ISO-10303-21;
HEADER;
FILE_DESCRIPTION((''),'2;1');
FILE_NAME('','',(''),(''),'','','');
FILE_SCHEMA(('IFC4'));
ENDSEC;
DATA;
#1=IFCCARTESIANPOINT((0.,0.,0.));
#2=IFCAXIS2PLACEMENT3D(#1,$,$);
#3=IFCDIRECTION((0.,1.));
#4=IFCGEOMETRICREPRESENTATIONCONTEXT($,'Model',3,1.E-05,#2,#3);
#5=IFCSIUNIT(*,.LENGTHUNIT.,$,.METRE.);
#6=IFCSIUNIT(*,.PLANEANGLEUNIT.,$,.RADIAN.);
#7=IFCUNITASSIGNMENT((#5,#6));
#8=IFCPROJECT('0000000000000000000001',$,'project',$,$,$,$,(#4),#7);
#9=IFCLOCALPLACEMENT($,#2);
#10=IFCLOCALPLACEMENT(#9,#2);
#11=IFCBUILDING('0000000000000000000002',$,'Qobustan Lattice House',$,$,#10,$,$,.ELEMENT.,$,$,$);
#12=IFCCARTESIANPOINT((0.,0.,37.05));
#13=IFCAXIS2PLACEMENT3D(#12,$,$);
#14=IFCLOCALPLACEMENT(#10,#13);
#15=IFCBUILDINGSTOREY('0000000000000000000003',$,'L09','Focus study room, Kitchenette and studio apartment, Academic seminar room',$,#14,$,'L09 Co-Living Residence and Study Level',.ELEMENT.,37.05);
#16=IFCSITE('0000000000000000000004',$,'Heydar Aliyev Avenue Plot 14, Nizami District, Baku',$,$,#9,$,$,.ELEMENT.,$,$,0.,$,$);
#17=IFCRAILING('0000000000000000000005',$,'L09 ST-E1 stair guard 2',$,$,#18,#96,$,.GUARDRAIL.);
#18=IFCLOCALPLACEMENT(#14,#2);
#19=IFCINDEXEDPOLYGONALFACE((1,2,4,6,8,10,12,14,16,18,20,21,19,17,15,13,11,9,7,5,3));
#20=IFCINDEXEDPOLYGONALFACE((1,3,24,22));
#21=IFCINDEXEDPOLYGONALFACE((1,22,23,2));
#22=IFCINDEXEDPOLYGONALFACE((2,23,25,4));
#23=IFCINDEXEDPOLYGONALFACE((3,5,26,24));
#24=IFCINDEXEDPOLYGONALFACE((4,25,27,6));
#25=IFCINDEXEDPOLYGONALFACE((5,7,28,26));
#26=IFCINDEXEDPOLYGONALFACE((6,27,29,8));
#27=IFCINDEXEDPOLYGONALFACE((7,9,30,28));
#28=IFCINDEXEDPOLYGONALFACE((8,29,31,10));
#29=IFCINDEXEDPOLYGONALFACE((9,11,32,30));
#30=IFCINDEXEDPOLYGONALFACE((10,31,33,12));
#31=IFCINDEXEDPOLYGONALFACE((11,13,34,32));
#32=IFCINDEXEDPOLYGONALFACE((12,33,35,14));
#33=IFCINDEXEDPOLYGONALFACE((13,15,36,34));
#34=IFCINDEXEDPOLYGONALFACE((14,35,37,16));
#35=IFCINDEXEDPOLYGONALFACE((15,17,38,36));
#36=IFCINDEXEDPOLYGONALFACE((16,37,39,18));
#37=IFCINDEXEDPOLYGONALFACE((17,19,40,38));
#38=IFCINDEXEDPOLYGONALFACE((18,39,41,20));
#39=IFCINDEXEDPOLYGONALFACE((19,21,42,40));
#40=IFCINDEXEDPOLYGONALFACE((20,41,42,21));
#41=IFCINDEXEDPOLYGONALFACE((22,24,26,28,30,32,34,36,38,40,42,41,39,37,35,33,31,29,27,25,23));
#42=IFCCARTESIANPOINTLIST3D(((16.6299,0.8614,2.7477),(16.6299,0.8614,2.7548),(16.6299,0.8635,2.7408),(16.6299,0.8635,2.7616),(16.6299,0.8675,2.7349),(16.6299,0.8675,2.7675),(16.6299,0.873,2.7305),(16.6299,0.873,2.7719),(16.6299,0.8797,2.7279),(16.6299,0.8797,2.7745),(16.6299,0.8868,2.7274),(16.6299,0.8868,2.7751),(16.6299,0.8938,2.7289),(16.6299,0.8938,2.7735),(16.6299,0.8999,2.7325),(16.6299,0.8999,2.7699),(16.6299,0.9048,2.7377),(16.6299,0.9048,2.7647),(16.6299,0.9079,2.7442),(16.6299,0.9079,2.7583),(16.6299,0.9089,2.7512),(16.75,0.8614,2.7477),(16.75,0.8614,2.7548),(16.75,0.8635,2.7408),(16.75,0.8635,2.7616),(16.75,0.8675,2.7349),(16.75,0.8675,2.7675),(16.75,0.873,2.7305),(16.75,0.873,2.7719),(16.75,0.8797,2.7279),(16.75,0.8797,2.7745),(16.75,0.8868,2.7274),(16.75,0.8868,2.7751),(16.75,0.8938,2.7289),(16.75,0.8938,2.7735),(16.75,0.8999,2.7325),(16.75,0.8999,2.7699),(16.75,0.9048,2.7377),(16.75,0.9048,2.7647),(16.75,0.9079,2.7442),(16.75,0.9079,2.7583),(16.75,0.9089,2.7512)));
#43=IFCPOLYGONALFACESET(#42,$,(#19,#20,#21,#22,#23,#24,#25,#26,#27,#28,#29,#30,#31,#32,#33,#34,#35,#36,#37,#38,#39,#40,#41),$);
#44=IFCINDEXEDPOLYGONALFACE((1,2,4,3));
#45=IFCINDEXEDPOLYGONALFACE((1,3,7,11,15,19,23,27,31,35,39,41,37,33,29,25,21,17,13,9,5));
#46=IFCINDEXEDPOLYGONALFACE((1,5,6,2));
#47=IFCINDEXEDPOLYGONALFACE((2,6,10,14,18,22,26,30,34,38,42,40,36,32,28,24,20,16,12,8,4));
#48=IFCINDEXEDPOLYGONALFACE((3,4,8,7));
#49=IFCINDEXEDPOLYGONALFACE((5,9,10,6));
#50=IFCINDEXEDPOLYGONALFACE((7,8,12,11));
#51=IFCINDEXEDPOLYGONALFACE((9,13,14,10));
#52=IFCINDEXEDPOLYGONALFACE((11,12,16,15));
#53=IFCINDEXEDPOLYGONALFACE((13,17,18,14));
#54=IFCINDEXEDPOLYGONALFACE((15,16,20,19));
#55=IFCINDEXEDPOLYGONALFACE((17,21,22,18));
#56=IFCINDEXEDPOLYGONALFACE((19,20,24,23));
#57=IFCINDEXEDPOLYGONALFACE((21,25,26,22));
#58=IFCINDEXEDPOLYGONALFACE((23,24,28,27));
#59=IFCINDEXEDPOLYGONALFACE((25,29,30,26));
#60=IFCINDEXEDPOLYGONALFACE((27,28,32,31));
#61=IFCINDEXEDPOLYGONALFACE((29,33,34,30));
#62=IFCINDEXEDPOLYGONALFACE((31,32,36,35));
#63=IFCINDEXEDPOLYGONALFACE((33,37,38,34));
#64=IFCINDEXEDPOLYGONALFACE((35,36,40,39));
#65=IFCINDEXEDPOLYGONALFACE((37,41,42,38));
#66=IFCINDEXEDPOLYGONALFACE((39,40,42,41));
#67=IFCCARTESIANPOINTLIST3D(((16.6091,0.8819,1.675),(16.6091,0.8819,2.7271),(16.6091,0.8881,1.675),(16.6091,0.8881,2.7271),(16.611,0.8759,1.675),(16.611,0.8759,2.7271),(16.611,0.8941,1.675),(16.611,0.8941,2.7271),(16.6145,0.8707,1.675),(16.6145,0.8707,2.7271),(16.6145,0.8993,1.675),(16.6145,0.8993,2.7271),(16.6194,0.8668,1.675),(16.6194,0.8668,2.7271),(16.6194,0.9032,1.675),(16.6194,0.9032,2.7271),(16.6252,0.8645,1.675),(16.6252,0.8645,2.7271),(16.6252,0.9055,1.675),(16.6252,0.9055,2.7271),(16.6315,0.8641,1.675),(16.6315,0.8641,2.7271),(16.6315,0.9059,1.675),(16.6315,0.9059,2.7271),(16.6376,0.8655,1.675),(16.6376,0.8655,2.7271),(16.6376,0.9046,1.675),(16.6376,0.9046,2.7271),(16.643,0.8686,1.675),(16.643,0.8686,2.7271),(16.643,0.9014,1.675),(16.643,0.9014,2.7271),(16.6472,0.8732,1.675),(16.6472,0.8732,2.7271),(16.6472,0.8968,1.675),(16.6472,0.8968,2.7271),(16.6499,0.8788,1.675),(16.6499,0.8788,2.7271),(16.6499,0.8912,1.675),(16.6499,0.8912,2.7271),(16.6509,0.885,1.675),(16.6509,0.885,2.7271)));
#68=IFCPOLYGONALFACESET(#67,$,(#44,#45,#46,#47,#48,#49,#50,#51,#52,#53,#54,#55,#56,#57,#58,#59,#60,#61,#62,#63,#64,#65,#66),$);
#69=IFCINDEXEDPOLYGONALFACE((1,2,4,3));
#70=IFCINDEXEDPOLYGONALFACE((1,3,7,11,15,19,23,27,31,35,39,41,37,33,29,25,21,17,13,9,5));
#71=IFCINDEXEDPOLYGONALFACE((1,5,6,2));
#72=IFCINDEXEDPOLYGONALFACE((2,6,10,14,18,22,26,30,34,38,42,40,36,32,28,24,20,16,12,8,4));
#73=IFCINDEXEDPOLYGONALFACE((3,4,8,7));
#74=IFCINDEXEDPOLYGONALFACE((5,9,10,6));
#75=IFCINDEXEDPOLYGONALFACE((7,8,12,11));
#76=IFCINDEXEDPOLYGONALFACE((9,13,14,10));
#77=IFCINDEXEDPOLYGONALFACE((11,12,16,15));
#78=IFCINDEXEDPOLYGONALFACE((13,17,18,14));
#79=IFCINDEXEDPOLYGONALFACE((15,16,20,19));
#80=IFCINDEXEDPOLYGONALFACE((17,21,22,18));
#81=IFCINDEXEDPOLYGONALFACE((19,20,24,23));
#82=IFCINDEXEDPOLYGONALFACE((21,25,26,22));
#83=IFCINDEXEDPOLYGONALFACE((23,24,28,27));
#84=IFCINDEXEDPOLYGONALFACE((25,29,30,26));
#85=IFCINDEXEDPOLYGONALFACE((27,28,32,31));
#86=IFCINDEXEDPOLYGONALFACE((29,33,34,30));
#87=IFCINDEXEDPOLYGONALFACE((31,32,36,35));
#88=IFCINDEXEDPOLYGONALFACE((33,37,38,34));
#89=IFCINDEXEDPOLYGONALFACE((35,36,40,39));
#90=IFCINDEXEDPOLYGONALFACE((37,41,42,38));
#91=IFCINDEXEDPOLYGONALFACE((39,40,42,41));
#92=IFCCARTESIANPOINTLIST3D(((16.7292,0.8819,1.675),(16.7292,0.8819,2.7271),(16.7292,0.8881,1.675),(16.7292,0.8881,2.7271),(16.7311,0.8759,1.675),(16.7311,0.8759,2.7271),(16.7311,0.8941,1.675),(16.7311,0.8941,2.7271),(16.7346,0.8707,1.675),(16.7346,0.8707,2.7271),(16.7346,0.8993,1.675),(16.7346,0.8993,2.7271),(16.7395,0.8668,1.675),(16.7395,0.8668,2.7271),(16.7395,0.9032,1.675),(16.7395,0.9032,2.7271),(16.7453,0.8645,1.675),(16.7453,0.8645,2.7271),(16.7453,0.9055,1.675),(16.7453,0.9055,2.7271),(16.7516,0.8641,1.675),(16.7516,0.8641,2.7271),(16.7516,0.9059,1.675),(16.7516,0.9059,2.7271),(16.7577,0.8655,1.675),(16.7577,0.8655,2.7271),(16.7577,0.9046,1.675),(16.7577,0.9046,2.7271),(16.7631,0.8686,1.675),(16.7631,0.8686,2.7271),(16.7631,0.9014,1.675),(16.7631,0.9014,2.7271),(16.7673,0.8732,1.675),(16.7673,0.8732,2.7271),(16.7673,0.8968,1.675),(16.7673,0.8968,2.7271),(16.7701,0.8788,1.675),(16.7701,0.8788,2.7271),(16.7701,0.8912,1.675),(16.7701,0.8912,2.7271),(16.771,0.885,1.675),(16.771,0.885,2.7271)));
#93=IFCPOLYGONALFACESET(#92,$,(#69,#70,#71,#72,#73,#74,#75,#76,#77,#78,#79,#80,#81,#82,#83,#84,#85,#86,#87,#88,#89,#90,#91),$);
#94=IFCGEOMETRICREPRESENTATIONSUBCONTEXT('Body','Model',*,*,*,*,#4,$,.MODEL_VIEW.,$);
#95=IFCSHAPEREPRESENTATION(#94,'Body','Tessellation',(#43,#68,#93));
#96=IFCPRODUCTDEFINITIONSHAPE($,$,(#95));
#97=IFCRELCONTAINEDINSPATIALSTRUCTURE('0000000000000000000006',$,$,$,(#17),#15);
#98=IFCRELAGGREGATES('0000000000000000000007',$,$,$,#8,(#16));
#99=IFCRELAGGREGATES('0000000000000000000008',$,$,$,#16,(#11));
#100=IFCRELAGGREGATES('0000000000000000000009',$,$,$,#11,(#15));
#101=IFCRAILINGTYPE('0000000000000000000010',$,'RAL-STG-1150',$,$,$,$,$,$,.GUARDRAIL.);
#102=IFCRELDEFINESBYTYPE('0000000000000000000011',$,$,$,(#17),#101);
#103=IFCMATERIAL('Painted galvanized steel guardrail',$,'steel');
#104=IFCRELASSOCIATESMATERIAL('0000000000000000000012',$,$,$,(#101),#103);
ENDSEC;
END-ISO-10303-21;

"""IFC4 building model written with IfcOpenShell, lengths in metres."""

from ifc_helpers import new_model, si_unit, direction, frame, origin, origin_2d, place, context, subcontext, project, spatial, circle, extrude, material, type_object, element, save


model = new_model("IFC4")

# Units and contexts
model_context = context("Model", 3, precision=1e-05, world=origin(), true_north=direction((0.0, 1.0)))
body_context = subcontext(model_context, "Body", "Model", "MODEL_VIEW")
ifc_project = project(units=[si_unit("LENGTHUNIT", "METRE"), si_unit("PLANEANGLEUNIT", "RADIAN")], contexts=[model_context])

# Site, building, storey
site_placement = place(None, origin())
site = spatial("IfcSite", under=ifc_project, at=site_placement, Name="Heydar Aliyev Avenue Plot 14, Nizami District, Baku", CompositionType="ELEMENT", RefElevation=0.0)
building_placement = place(site_placement, origin())
building = spatial("IfcBuilding", under=site, at=building_placement, Name="Qobustan Lattice House", CompositionType="ELEMENT")
storey_placement = place(building_placement, frame((0.0, 0.0, 37.05)))
storey = spatial("IfcBuildingStorey", under=building, at=storey_placement, Name="L09", Description="Focus study room, Kitchenette and studio apartment, Academic seminar room", LongName="L09 Co-Living Residence and Study Level", CompositionType="ELEMENT", Elevation=37.05)

# Railing
ifc_material_1 = material(Name="Painted galvanized steel guardrail", Category="steel")
railing_type_1 = type_object("IfcRailingType", Name="RAL-STG-1150", PredefinedType="GUARDRAIL", material=ifc_material_1)
railing_1_placement = place(storey_placement, frame((16.6299, 0.885, 1.675)))
element("IfcRailing", 1, at=railing_1_placement, inside=storey, type_object=railing_type_1, Name="L09 ST-E1 stair guard 2", PredefinedType="GUARDRAIL", context=body_context, shape_type="SweptSolid", body=[
    extrude(circle(Radius=0.0239, at=origin_2d()), frame((0.0, 0.0, 1.0762), z_axis=(1.0, 0.0, 0.0), x_axis=(0.0, 1.0, 0.0)), (0.0, 0.0, 1.0), 0.1201),
    extrude(circle(Radius=0.021, at=origin_2d()), origin(), (0.0, 0.0, 1.0), 1.052),
    extrude(circle(Radius=0.021, at=origin_2d()), frame((0.1201, 0.0, 0.0)), (0.0, 0.0, 1.0), 1.052),
])

save(model, "model.ifc")
